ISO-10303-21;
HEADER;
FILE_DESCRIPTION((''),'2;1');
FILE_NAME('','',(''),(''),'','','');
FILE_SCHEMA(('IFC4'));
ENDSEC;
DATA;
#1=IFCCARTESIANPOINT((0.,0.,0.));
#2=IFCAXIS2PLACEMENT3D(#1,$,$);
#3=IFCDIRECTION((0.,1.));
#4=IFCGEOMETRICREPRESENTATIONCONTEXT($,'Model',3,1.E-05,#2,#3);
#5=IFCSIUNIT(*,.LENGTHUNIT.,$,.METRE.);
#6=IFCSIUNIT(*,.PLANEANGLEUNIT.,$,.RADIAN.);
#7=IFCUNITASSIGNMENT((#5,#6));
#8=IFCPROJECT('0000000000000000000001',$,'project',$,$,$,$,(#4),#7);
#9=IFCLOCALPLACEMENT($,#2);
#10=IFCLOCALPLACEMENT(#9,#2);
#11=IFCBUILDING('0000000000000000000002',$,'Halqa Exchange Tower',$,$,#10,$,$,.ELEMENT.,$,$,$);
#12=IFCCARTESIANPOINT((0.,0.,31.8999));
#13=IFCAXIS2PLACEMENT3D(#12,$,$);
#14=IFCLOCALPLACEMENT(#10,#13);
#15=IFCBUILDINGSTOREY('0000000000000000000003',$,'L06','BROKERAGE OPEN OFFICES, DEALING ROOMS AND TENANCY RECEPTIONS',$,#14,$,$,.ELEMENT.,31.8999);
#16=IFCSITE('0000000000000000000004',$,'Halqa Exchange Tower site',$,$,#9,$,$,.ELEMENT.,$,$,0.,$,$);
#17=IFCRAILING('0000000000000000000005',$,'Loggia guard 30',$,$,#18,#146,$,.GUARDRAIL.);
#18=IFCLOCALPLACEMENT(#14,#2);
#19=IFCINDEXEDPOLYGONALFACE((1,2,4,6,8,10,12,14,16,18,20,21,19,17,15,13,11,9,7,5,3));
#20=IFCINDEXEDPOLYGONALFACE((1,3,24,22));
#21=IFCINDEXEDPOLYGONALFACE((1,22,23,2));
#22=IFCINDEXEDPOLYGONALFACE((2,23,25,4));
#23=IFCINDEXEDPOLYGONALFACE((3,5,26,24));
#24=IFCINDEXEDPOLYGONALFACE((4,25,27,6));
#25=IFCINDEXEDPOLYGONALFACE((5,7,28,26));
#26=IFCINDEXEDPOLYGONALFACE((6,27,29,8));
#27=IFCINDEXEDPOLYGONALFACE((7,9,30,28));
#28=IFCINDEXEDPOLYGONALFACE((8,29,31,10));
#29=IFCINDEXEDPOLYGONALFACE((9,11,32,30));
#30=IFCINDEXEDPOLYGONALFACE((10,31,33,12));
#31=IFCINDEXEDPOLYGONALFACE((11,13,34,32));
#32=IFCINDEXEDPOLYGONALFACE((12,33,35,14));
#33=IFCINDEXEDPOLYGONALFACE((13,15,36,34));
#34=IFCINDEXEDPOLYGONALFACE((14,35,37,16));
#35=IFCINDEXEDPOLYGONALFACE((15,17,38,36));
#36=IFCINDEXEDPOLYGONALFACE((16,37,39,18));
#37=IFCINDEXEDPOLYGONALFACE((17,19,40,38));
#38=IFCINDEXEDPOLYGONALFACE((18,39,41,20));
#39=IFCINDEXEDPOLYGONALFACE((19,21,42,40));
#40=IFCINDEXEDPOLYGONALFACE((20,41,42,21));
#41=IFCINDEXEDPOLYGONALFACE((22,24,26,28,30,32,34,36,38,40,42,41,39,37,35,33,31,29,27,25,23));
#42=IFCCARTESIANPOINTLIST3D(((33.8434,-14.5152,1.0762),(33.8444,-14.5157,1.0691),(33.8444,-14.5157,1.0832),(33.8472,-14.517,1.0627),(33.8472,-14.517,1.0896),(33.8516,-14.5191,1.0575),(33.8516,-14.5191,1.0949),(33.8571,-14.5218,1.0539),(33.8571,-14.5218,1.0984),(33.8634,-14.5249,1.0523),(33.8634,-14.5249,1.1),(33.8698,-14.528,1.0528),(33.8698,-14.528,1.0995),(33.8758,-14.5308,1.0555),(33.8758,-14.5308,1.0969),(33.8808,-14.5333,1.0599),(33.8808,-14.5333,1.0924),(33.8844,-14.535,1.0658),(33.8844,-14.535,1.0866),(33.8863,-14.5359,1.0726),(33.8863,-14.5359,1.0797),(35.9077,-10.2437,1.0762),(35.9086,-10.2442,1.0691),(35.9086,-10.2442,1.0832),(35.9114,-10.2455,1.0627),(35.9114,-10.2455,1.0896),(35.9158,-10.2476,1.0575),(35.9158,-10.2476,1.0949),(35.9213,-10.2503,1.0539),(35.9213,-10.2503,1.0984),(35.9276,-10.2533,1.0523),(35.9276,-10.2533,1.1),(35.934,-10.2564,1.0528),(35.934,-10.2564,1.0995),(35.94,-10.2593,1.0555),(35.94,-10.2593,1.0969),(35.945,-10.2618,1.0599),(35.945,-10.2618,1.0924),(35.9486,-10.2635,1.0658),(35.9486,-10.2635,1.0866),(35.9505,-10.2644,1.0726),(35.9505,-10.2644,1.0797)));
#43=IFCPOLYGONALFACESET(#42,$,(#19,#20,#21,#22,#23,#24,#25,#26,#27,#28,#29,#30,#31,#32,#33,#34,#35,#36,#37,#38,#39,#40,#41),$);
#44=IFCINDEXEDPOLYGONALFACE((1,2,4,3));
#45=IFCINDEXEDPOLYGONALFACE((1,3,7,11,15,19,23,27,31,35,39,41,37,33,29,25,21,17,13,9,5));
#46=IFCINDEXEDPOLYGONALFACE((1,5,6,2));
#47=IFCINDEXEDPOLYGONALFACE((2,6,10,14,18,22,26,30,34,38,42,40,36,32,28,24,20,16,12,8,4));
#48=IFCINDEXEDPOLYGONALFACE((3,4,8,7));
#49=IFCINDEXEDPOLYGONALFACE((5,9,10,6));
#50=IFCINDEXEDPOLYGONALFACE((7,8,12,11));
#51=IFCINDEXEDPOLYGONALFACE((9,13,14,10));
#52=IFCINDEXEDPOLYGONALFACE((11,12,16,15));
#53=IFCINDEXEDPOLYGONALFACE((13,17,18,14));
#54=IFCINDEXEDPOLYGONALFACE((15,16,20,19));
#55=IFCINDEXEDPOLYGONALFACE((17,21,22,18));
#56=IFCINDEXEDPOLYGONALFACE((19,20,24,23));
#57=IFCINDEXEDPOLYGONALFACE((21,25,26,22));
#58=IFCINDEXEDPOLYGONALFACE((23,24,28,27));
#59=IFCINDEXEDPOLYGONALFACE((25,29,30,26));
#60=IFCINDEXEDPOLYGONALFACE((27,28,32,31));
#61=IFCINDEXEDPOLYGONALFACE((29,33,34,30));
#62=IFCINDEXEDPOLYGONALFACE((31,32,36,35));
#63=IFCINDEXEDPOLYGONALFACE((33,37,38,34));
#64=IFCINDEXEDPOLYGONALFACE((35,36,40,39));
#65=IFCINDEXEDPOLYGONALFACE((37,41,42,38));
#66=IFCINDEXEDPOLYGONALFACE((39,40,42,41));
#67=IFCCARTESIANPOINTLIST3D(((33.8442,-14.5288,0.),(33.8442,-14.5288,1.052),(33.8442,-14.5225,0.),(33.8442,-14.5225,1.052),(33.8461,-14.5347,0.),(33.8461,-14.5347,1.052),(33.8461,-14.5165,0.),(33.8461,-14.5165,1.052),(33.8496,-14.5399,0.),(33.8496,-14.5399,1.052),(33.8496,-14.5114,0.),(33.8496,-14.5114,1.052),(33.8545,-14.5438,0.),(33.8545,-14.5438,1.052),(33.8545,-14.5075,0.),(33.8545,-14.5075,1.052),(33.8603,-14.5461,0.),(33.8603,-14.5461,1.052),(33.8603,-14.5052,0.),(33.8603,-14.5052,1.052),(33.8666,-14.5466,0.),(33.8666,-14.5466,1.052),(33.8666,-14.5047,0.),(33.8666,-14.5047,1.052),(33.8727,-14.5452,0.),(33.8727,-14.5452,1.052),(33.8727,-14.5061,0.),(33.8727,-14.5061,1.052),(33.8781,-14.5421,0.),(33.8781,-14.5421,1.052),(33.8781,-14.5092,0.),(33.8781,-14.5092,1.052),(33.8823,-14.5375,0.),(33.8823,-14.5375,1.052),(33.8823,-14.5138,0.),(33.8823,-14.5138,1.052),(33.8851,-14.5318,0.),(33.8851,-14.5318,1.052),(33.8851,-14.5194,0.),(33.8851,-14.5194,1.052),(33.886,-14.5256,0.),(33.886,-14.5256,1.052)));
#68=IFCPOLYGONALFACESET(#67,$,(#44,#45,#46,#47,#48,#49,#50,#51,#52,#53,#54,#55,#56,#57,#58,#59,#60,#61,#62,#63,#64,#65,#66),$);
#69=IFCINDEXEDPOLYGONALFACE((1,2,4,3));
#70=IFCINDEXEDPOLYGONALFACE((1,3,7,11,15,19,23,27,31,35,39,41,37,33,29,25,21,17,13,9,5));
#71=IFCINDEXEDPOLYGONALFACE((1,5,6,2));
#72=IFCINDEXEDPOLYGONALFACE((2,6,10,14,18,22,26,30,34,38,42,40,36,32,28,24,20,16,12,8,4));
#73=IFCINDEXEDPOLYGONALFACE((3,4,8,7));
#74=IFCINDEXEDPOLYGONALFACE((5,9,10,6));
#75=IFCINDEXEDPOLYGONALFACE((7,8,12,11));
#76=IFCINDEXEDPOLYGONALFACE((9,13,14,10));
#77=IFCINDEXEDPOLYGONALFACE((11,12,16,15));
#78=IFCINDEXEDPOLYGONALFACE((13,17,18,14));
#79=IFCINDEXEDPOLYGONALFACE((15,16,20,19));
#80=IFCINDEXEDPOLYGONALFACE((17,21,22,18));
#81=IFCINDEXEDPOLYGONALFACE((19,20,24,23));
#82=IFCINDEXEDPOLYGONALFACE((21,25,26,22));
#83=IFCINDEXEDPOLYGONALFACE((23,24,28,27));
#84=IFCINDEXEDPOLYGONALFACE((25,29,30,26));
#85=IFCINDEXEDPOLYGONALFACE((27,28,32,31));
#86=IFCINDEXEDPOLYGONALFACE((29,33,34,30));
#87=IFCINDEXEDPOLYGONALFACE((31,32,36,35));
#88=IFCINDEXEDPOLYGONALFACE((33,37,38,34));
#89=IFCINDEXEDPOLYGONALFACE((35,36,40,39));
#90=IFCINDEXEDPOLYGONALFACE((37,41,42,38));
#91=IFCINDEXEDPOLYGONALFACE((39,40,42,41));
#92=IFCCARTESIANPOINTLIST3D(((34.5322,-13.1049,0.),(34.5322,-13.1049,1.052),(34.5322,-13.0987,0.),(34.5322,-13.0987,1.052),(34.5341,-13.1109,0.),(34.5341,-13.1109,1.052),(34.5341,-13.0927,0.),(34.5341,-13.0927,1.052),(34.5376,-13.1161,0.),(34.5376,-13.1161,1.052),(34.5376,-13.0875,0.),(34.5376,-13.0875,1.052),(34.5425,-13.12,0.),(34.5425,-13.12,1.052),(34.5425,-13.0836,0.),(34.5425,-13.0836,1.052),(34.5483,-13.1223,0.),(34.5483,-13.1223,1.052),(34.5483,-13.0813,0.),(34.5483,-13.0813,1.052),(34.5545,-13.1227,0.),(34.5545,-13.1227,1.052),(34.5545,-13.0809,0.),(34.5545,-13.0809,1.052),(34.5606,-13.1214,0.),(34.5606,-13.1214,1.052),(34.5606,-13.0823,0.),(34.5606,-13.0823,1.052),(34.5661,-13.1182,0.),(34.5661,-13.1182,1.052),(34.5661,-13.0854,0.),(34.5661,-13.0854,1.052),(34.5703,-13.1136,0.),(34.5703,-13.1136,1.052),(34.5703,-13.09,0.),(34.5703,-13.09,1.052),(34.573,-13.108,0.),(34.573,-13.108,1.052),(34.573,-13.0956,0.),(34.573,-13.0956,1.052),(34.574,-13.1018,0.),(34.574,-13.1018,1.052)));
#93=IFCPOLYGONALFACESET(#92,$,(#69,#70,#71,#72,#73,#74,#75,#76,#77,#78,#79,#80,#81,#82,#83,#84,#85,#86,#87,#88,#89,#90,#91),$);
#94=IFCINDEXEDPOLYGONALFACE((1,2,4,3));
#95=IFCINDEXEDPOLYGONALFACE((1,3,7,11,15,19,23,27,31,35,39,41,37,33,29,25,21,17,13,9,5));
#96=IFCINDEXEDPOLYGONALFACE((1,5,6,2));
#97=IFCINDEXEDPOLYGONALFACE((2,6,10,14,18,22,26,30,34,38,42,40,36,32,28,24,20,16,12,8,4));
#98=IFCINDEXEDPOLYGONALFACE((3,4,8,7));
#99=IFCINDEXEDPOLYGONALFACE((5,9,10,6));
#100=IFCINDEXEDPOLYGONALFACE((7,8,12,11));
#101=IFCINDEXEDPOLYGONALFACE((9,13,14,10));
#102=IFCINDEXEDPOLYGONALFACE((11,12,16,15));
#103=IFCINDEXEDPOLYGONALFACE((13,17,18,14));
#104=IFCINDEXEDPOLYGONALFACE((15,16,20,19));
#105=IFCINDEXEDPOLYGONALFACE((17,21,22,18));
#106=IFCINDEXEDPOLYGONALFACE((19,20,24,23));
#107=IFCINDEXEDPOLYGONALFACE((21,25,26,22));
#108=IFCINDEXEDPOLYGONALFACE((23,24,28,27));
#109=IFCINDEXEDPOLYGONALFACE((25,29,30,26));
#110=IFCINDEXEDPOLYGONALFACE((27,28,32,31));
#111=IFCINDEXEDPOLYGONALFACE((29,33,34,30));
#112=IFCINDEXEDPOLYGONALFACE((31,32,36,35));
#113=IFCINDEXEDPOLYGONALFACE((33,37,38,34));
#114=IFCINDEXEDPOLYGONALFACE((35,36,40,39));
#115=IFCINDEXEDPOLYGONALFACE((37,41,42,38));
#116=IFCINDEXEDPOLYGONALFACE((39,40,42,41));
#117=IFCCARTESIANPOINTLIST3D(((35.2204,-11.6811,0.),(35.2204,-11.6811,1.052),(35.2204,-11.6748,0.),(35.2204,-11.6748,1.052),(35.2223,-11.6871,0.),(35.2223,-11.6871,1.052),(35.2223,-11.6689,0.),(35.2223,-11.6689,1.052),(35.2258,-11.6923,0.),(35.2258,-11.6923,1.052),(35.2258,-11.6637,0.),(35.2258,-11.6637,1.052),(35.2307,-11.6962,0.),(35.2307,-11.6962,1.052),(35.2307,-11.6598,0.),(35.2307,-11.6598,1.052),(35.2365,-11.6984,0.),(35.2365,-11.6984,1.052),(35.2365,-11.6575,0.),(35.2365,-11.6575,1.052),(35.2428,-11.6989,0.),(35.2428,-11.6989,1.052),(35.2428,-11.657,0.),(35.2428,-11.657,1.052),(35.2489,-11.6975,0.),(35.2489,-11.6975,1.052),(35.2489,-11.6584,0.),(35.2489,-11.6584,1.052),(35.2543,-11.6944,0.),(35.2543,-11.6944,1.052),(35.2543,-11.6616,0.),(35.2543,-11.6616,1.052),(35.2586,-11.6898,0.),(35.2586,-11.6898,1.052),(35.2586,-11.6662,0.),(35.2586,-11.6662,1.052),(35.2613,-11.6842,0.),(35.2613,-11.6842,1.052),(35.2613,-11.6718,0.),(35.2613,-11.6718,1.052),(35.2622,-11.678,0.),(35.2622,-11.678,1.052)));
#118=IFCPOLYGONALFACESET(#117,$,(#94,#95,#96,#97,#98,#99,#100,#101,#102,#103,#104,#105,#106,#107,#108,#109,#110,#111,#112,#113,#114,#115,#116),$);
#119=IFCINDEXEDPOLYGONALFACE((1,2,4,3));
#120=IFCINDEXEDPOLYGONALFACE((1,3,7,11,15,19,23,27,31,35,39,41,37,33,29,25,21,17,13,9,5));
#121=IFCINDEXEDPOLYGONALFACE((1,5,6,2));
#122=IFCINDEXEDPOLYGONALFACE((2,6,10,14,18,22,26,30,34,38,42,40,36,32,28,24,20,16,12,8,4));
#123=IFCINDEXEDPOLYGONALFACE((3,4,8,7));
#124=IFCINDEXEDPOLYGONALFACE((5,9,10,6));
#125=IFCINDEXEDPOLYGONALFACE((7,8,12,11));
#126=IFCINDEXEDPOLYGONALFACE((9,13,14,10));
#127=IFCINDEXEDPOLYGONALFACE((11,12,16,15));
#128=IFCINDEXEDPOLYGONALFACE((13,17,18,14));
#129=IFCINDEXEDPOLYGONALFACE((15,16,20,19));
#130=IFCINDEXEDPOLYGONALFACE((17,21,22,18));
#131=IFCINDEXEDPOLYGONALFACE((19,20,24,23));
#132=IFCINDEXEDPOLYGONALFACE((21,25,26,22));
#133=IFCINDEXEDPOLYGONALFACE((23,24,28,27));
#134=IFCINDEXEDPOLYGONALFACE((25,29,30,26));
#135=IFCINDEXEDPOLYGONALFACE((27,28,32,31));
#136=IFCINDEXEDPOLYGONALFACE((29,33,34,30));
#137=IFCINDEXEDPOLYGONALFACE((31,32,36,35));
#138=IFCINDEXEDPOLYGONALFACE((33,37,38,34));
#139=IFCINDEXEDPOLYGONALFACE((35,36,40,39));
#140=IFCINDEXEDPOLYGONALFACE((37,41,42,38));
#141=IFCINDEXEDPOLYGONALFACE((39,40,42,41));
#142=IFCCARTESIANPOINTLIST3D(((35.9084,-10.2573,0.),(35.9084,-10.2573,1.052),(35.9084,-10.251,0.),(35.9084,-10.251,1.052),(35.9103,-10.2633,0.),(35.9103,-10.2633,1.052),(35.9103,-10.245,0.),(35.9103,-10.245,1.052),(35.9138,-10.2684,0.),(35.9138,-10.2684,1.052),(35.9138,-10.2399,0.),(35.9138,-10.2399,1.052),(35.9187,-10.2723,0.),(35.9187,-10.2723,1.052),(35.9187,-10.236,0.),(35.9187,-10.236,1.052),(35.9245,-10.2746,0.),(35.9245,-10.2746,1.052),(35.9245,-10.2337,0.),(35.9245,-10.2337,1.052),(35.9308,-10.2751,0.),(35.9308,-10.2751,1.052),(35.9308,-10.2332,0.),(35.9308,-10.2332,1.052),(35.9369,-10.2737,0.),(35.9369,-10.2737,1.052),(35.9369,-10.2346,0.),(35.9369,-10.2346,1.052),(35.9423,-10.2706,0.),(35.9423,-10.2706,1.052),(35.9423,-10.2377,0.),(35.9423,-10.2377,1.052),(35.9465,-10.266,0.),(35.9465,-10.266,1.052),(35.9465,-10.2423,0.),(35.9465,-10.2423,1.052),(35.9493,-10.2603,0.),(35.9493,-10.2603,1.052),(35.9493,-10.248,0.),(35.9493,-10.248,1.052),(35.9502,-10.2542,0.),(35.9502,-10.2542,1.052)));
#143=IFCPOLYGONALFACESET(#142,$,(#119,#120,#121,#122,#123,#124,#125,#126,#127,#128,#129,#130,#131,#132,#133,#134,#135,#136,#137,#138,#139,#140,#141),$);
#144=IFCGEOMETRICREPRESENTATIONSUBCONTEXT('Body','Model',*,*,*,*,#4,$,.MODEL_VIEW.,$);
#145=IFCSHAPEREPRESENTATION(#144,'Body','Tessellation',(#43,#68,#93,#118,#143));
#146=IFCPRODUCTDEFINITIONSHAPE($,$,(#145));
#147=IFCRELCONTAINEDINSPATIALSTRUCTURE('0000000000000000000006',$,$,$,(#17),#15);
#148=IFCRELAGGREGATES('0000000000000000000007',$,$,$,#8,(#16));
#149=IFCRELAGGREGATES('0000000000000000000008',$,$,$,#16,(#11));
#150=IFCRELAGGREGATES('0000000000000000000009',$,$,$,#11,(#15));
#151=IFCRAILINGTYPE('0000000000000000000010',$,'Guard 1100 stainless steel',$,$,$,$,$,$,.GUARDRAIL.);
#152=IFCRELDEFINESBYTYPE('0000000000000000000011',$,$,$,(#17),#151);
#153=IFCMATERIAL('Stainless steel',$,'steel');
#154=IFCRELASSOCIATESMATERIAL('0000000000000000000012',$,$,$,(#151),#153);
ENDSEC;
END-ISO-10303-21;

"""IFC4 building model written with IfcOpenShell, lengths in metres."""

from ifc_helpers import new_model, si_unit, direction, frame, origin, origin_2d, place, context, subcontext, project, spatial, circle, extrude, material, type_object, element, save


model = new_model("IFC4")

# Units and contexts
model_context = context("Model", 3, precision=1e-05, world=origin(), true_north=direction((0.0, 1.0)))
body_context = subcontext(model_context, "Body", "Model", "MODEL_VIEW")
ifc_project = project(units=[si_unit("LENGTHUNIT", "METRE"), si_unit("PLANEANGLEUNIT", "RADIAN")], contexts=[model_context])

# Site, building, storey
site_placement = place(None, origin())
site = spatial("IfcSite", under=ifc_project, at=site_placement, Name="Halqa Exchange Tower site", CompositionType="ELEMENT", RefElevation=0.0)
building_placement = place(site_placement, origin())
building = spatial("IfcBuilding", under=site, at=building_placement, Name="Halqa Exchange Tower", CompositionType="ELEMENT")
storey_placement = place(building_placement, frame((0.0, 0.0, 31.8999)))
storey = spatial("IfcBuildingStorey", under=building, at=storey_placement, Name="L06", Description="BROKERAGE OPEN OFFICES, DEALING ROOMS AND TENANCY RECEPTIONS", CompositionType="ELEMENT", Elevation=31.8999)

# Railing
ifc_material_1 = material(Name="Stainless steel", Category="steel")
railing_type = type_object("IfcRailingType", Name="Guard 1100 stainless steel", PredefinedType="GUARDRAIL", material=ifc_material_1)
railing_1_placement = place(storey_placement, frame((33.865, -14.5256, 0.0)))
element("IfcRailing", 1, at=railing_1_placement, inside=storey, type_object=railing_type, Name="Loggia guard 30", PredefinedType="GUARDRAIL", context=body_context, shape_type="SweptSolid", body=[
    extrude(circle(Radius=0.0239, at=origin_2d()), frame((0.0, 0.0, 1.0762), z_axis=(0.43511, 0.900377, 0.0), x_axis=(-0.900377, 0.43511, 0.0)), (0.0, 0.0, 1.0), 4.7441),
    extrude(circle(Radius=0.021, at=origin_2d()), origin(), (0.0, 0.0, 1.0), 1.052),
    extrude(circle(Radius=0.021, at=origin_2d()), frame((0.688, 1.4238, 0.0)), (0.0, 0.0, 1.0), 1.052),
    extrude(circle(Radius=0.021, at=origin_2d()), frame((1.3762, 2.8477, 0.0)), (0.0, 0.0, 1.0), 1.052),
    extrude(circle(Radius=0.021, at=origin_2d()), frame((2.0642, 4.2715, 0.0)), (0.0, 0.0, 1.0), 1.052),
])

save(model, "model.ifc")
